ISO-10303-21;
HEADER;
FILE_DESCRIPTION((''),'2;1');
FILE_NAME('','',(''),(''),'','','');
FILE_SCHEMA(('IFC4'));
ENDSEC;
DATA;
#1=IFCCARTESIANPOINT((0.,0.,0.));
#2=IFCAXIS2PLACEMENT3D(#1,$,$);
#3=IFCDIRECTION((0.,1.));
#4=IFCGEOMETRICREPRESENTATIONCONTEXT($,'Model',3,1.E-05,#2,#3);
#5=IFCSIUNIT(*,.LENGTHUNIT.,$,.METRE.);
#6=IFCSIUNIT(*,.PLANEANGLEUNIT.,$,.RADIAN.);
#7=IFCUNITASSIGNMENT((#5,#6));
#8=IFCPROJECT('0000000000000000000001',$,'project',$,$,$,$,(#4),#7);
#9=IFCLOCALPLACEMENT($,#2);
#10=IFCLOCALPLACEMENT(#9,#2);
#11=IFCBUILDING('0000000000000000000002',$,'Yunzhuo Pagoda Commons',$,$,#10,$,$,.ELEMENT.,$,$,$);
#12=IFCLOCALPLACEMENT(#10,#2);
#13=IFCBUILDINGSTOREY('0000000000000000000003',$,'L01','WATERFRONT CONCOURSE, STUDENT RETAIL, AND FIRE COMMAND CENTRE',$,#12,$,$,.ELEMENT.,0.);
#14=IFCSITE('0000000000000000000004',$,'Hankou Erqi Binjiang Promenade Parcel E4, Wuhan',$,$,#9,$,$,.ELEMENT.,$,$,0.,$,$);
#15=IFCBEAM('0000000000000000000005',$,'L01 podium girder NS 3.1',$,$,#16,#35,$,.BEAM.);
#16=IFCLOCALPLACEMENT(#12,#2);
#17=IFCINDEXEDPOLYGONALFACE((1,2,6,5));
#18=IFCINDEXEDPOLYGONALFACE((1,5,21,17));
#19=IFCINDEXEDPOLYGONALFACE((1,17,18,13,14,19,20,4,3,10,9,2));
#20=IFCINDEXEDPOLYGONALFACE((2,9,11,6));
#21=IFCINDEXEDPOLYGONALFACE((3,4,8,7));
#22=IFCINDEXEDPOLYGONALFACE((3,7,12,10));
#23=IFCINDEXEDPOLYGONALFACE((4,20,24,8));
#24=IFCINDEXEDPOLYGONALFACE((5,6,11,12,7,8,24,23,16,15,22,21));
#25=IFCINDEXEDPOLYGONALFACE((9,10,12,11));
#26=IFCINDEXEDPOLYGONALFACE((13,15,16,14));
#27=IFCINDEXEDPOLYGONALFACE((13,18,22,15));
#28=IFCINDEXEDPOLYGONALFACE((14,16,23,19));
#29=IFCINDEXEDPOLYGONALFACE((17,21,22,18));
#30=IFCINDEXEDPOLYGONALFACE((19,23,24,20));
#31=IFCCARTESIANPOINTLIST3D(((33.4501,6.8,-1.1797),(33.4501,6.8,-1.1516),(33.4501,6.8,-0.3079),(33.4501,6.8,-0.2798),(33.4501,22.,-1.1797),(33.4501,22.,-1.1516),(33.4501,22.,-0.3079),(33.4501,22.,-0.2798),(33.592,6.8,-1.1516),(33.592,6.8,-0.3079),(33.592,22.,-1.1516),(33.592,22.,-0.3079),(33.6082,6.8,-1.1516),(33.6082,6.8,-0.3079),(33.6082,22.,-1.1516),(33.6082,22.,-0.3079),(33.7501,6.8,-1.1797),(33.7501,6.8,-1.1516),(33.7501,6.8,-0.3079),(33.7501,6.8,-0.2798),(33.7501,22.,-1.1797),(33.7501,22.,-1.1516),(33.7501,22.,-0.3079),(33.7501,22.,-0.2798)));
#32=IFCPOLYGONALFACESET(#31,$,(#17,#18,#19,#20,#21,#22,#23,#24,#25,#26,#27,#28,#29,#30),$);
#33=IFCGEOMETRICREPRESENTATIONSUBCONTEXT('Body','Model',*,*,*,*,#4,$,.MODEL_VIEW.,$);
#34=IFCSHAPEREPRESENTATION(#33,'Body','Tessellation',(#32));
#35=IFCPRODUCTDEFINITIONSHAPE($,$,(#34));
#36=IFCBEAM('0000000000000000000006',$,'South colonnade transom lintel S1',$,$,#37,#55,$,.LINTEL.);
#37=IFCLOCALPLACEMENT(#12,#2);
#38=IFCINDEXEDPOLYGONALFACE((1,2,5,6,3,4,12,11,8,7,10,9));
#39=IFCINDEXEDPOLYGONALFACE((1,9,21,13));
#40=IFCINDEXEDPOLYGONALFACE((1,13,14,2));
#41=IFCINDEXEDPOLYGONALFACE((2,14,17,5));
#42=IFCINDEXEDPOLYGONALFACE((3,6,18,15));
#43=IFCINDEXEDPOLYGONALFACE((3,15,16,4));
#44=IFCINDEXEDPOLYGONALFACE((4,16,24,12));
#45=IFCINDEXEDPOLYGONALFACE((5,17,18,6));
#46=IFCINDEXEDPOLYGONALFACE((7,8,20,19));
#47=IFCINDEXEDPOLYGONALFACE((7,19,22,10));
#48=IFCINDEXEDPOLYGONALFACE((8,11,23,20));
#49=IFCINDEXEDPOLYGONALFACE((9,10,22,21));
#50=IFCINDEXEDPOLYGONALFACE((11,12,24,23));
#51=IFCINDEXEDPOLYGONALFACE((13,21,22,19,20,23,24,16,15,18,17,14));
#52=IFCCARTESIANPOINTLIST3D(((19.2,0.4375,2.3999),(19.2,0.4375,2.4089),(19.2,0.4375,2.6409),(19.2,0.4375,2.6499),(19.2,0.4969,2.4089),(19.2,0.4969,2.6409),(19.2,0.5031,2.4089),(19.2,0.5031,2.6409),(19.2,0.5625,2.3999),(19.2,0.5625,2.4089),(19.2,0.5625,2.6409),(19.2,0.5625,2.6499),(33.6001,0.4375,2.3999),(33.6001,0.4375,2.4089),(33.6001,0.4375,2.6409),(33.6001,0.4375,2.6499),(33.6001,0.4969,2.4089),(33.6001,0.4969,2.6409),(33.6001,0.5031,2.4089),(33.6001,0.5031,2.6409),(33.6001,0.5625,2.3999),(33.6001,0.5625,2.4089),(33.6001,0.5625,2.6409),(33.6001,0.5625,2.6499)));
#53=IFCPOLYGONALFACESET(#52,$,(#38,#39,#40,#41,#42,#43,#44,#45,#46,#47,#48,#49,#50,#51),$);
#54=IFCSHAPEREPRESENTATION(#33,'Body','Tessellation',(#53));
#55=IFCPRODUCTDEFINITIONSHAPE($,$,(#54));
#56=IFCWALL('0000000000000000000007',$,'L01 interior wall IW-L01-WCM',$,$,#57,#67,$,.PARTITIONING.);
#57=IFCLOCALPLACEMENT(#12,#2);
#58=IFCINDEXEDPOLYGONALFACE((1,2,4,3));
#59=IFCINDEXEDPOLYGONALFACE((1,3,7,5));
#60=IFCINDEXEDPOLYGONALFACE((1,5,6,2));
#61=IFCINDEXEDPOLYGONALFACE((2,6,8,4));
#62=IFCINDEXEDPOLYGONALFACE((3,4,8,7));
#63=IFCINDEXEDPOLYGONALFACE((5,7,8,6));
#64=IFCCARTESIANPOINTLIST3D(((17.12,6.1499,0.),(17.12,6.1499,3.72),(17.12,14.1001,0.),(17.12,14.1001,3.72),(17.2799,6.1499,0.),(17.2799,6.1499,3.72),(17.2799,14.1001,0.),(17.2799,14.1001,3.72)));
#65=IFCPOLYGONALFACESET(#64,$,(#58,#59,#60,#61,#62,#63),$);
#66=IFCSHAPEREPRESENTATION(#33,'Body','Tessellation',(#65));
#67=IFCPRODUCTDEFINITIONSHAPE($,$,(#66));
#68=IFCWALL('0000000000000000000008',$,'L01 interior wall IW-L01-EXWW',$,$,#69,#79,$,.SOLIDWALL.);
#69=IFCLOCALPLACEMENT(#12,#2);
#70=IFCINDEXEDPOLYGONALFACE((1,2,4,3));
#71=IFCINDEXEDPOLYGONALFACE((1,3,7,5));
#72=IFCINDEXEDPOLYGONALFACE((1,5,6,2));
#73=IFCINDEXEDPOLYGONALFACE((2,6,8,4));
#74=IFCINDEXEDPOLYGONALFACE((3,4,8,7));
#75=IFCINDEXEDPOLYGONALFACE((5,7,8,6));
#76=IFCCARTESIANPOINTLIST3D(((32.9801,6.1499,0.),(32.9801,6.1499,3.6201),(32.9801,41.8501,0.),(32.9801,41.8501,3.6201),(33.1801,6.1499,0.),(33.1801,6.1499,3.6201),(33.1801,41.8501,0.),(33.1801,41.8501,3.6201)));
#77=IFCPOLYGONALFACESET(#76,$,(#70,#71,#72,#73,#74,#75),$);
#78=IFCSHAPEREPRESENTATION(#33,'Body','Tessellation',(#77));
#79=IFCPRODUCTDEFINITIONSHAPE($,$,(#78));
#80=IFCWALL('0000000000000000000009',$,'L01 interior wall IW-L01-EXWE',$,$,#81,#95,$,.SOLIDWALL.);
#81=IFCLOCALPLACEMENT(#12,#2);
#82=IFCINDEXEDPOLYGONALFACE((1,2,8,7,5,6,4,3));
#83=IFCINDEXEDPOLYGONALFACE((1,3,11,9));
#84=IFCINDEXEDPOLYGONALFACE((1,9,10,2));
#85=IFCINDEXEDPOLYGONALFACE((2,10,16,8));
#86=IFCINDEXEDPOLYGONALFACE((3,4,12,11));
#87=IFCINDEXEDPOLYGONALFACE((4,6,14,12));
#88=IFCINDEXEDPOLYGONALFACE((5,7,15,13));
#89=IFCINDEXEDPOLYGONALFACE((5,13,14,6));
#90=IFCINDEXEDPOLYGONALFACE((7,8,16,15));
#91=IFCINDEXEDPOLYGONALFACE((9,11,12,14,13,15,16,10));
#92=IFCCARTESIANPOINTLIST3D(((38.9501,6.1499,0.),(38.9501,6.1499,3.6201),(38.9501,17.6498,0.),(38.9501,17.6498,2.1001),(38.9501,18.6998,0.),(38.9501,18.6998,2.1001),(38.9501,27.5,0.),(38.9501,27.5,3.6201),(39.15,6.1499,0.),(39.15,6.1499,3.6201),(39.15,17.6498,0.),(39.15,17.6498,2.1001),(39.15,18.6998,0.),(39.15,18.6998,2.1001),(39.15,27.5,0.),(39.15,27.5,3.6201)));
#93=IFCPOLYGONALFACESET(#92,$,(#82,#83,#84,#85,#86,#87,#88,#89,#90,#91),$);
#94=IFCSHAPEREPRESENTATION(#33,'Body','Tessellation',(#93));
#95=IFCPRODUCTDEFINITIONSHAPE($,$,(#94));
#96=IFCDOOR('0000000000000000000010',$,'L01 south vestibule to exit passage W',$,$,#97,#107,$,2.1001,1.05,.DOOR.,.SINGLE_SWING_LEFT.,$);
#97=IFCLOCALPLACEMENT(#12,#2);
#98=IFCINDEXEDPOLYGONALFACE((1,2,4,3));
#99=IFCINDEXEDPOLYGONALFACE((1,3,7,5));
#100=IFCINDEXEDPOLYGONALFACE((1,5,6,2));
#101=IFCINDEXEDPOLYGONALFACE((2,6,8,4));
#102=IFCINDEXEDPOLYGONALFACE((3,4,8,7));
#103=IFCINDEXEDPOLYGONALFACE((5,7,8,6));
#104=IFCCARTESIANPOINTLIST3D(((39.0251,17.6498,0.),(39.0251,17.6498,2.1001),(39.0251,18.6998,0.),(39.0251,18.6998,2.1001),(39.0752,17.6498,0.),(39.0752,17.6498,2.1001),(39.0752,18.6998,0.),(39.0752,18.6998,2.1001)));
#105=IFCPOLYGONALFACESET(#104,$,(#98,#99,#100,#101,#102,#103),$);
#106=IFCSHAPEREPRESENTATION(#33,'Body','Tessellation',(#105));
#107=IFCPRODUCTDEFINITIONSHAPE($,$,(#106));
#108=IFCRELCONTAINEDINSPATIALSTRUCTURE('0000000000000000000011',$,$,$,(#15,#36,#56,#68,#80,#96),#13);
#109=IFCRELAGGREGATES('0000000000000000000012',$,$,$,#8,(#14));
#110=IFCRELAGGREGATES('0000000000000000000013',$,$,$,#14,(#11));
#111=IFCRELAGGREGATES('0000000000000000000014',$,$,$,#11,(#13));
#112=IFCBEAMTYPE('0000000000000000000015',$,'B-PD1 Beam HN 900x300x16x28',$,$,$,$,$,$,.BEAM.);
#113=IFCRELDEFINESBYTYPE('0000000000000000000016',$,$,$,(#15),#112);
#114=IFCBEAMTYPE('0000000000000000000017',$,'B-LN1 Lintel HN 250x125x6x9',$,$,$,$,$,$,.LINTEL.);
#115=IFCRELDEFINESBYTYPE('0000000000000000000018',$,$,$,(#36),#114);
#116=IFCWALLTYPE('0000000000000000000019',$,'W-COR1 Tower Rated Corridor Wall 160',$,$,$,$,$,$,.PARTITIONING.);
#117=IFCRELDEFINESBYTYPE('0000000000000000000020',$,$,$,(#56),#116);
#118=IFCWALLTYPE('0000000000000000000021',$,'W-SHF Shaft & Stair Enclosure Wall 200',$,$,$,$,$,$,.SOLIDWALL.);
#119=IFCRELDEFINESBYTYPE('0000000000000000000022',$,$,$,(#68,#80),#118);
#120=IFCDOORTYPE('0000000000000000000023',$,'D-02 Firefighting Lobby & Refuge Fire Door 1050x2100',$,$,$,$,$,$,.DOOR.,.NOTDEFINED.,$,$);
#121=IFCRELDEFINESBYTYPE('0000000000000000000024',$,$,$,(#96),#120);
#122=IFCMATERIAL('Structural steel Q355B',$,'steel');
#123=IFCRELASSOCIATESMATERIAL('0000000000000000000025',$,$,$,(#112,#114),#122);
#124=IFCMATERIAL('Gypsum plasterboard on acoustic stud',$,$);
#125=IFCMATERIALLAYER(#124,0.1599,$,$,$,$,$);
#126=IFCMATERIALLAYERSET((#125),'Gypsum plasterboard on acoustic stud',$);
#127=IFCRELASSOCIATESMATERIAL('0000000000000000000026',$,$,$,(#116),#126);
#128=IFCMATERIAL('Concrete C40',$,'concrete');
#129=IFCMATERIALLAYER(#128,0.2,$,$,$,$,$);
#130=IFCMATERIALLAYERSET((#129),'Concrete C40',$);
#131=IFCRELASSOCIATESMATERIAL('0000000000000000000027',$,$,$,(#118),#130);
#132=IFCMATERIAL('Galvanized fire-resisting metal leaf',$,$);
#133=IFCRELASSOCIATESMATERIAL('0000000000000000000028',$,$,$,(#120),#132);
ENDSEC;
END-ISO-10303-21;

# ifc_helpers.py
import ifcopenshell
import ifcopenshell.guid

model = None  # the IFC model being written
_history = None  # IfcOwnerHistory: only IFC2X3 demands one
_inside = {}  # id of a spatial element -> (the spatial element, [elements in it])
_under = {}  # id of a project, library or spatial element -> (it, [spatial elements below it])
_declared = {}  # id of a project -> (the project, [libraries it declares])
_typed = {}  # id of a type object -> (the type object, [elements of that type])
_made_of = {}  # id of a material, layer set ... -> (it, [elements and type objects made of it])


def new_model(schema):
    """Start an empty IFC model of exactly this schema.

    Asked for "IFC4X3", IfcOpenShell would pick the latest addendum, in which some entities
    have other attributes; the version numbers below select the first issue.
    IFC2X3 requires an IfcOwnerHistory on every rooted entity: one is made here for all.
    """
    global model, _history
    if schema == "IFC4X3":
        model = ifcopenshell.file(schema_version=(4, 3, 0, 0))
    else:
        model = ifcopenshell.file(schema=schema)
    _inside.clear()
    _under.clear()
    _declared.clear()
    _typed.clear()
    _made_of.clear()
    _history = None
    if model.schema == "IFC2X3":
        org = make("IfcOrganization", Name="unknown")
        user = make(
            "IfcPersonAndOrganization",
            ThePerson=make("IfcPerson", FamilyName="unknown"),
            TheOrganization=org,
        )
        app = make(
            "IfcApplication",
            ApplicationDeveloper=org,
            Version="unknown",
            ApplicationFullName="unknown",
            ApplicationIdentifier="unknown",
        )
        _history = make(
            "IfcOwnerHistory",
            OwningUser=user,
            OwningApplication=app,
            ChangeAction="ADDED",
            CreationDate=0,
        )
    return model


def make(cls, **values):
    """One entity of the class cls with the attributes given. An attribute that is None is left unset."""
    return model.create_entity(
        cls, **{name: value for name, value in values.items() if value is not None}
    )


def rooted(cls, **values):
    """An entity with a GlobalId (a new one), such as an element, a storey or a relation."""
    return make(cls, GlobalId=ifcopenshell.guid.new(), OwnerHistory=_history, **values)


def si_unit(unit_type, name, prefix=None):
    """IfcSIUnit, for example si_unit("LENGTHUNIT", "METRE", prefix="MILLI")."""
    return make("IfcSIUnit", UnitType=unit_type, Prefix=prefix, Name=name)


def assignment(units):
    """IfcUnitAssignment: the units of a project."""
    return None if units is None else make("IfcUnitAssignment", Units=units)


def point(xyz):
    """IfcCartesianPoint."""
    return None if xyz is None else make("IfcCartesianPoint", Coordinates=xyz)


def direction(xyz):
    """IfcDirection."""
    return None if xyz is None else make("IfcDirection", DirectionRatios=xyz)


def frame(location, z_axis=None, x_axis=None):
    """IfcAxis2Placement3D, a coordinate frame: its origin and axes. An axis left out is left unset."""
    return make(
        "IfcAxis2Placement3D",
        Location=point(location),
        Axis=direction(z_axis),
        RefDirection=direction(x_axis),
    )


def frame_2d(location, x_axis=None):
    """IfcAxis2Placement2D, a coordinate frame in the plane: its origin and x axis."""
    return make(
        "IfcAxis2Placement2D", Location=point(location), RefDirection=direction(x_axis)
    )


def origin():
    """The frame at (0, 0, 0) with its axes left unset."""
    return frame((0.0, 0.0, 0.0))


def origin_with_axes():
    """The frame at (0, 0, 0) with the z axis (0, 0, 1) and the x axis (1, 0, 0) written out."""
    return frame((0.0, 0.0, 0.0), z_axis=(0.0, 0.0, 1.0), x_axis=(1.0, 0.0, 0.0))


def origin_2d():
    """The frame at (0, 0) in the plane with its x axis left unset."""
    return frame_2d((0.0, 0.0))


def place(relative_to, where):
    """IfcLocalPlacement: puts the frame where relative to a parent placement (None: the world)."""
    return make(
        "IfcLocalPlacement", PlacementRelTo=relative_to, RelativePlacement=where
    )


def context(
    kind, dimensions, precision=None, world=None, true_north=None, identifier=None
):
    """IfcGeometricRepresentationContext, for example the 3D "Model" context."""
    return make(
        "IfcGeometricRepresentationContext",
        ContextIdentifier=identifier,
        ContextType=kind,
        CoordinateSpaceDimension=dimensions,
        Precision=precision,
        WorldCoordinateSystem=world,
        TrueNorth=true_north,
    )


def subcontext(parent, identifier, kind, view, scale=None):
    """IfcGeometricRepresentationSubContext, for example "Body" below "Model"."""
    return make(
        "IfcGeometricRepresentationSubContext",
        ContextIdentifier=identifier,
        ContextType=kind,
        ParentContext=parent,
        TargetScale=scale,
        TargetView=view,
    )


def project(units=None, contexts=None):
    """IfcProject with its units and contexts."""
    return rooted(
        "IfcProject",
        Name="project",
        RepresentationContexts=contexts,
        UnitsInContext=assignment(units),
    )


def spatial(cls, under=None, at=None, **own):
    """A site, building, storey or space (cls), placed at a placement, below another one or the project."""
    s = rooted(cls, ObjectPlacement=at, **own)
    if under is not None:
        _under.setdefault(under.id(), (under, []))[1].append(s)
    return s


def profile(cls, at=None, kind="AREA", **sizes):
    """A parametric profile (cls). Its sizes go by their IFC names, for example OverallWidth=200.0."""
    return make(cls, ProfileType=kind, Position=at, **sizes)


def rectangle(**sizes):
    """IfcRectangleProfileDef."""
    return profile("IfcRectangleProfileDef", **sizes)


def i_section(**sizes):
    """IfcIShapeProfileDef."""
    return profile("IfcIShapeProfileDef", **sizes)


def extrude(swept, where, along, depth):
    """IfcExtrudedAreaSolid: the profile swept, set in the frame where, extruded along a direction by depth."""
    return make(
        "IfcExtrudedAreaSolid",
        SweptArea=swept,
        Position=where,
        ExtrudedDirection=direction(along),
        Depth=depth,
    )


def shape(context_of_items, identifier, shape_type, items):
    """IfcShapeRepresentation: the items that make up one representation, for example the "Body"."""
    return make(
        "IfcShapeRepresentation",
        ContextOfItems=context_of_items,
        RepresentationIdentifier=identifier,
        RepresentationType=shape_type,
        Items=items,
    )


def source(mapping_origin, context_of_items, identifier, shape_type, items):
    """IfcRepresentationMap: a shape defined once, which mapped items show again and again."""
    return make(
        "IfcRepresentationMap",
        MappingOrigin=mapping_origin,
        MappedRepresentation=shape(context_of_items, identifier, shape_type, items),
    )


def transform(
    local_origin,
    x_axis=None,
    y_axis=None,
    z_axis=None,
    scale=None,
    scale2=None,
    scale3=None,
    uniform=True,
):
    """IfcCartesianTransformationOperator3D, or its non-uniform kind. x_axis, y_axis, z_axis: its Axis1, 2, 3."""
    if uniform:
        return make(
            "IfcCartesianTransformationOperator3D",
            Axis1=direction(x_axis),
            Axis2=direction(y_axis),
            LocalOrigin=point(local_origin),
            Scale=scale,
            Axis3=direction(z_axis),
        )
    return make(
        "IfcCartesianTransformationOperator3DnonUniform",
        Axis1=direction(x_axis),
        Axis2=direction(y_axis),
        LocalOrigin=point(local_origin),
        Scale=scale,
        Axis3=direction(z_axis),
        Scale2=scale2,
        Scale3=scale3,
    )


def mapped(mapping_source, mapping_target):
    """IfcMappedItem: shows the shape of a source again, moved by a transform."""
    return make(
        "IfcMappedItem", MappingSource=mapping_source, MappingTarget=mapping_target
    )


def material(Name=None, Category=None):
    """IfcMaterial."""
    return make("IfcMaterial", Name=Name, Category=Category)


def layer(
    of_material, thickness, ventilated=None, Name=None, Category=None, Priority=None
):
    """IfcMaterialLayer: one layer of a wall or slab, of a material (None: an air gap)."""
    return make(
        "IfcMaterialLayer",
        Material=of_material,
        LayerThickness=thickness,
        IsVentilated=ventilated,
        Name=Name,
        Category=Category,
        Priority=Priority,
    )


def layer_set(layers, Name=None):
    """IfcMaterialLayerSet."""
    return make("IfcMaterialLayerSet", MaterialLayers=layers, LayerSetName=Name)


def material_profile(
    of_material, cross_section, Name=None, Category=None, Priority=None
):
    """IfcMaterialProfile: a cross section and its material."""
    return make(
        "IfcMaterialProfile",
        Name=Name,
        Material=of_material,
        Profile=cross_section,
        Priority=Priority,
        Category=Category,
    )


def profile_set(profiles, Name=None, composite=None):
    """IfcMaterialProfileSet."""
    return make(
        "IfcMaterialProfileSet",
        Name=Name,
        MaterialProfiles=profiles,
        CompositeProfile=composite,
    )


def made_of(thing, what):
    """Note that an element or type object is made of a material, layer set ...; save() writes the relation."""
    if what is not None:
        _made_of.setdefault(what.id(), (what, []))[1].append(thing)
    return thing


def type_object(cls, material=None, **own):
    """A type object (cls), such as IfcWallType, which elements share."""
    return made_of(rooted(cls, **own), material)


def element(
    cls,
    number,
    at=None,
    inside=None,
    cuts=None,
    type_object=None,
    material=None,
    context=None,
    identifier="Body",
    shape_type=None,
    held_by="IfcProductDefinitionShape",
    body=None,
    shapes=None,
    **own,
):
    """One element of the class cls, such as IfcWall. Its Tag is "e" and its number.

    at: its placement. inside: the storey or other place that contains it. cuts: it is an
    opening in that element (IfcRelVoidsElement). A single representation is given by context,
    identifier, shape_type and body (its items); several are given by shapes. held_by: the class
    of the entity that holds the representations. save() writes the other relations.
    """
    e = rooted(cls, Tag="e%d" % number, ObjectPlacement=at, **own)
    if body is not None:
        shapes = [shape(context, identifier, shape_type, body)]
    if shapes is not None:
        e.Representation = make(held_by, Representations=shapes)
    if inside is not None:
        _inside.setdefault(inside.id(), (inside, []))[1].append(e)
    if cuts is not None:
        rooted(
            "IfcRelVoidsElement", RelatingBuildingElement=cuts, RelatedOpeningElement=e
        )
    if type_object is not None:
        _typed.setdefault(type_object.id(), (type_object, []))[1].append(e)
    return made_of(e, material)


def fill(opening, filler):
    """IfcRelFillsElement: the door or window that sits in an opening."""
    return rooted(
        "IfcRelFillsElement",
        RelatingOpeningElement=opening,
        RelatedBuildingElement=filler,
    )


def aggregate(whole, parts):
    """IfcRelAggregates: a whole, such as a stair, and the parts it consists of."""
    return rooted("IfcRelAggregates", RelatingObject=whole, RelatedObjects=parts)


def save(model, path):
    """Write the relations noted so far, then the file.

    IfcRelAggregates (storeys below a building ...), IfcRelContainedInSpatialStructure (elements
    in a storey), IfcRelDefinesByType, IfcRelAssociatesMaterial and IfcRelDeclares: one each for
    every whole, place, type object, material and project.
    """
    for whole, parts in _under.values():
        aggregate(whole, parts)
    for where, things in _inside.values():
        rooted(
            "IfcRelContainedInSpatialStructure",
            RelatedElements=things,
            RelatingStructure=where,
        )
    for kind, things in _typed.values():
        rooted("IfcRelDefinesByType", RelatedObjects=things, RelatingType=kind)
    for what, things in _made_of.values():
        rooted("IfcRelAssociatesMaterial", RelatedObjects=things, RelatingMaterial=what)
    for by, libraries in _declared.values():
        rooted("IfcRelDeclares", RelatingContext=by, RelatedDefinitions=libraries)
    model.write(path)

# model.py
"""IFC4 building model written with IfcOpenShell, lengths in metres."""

from ifc_helpers import new_model, si_unit, direction, frame, frame_2d, origin, origin_with_axes, origin_2d, place, context, subcontext, project, spatial, rectangle, i_section, extrude, source, transform, mapped, material, layer, layer_set, material_profile, profile_set, type_object, element, fill, save


model = new_model("IFC4")

# Units and contexts
model_context = context("Model", 3, precision=1e-05, world=origin(), true_north=direction((0.0, 1.0)))
body_context = subcontext(model_context, "Body", "Model", "MODEL_VIEW")
ifc_project = project(units=[si_unit("LENGTHUNIT", "METRE"), si_unit("PLANEANGLEUNIT", "RADIAN")], contexts=[model_context])

# Site, building, storey
site_placement = place(None, origin())
site = spatial("IfcSite", under=ifc_project, at=site_placement, Name="Hankou Erqi Binjiang Promenade Parcel E4, Wuhan", CompositionType="ELEMENT", RefElevation=0.0)
building_placement = place(site_placement, origin())
building = spatial("IfcBuilding", under=site, at=building_placement, Name="Yunzhuo Pagoda Commons", CompositionType="ELEMENT")
storey_placement = place(building_placement, origin())
storey = spatial("IfcBuildingStorey", under=building, at=storey_placement, Name="L01", Description="WATERFRONT CONCOURSE, STUDENT RETAIL, AND FIRE COMMAND CENTRE", CompositionType="ELEMENT", Elevation=0.0)

# Shared definitions
ifc_material_1 = material(Name="Structural steel Q355B", Category="steel")

# Beams
ifc_material_profile_1 = material_profile(ifc_material_1, i_section(OverallWidth=0.3, OverallDepth=0.8999, WebThickness=0.0161, FlangeThickness=0.0281, at=origin_2d()), Name="Structural steel Q355B")
ifc_profile_set_1 = profile_set([ifc_material_profile_1], Name="Structural steel Q355B")
beam_type_1 = type_object("IfcBeamType", Name="B-PD1 Beam HN 900x300x16x28", PredefinedType="BEAM", material=ifc_profile_set_1)
shared_shape_1 = source(origin(), body_context, "Body", "SweptSolid", [
    extrude(i_section(OverallWidth=0.3, OverallDepth=0.8999, WebThickness=0.0161, FlangeThickness=0.0281, at=origin_2d()), origin(), (0.0, 0.0, 1.0), 15.2),
])
for number, where, z_axis, x_axis, name in (
    (1, (33.6001, 6.8, -0.7297), (0.0, 1.0, 0.0), (-1.0, 0.0, 0.0), "L01 podium girder NS 3.1"),
):
    element("IfcBeam", number, at=place(storey_placement, frame(where, z_axis=z_axis, x_axis=x_axis)), inside=storey, type_object=beam_type_1, Name=name, PredefinedType="BEAM", context=body_context, shape_type="MappedRepresentation", body=[
        mapped(shared_shape_1, transform((0.0, 0.0, 0.0), scale=1.0)),
    ])
ifc_material_profile_2 = material_profile(ifc_material_1, i_section(OverallWidth=0.125, OverallDepth=0.25, WebThickness=0.0061, FlangeThickness=0.009, at=origin_2d()), Name="Structural steel Q355B")
ifc_profile_set_2 = profile_set([ifc_material_profile_2], Name="Structural steel Q355B")
beam_type_2 = type_object("IfcBeamType", Name="B-LN1 Lintel HN 250x125x6x9", PredefinedType="LINTEL", material=ifc_profile_set_2)
shared_shape_2 = source(origin(), body_context, "Body", "SweptSolid", [
    extrude(i_section(OverallWidth=0.125, OverallDepth=0.25, WebThickness=0.0061, FlangeThickness=0.009, at=origin_2d()), origin(), (0.0, 0.0, 1.0), 14.4001),
])
beam_1_placement = place(storey_placement, frame((19.2, 0.5, 2.5249), z_axis=(1.0, 0.0, 0.0), x_axis=(0.0, 1.0, 0.0)))
element("IfcBeam", 2, at=beam_1_placement, inside=storey, type_object=beam_type_2, Name="South colonnade transom lintel S1", PredefinedType="LINTEL", context=body_context, shape_type="MappedRepresentation", body=[
    mapped(shared_shape_2, transform((0.0, 0.0, 0.0), scale=1.0)),
])

# Walls
ifc_material_2 = material(Name="Gypsum plasterboard on acoustic stud")
ifc_layer_1 = layer(ifc_material_2, 0.1599)
ifc_layer_set_1 = layer_set([ifc_layer_1], Name="Gypsum plasterboard on acoustic stud")
wall_type_1 = type_object("IfcWallType", Name="W-COR1 Tower Rated Corridor Wall 160", PredefinedType="PARTITIONING", material=ifc_layer_set_1)
wall_1_placement = place(storey_placement, frame((17.2, 6.1499, 0.0), z_axis=(0.0, 0.0, 1.0), x_axis=(0.0, 1.0, 0.0)))
element("IfcWall", 3, at=wall_1_placement, inside=storey, type_object=wall_type_1, Name="L01 interior wall IW-L01-WCM", PredefinedType="PARTITIONING", context=body_context, shape_type="SweptSolid", body=[
    extrude(rectangle(XDim=7.9502, YDim=0.1599, at=frame_2d((3.9751, 0.0))), origin(), (0.0, 0.0, 1.0), 3.72),
])
ifc_material_3 = material(Name="Concrete C40", Category="concrete")
ifc_layer_2 = layer(ifc_material_3, 0.2)
ifc_layer_set_2 = layer_set([ifc_layer_2], Name="Concrete C40")
wall_type_2 = type_object("IfcWallType", Name="W-SHF Shaft & Stair Enclosure Wall 200", PredefinedType="SOLIDWALL", material=ifc_layer_set_2)
wall_2_placement = place(storey_placement, frame((33.0801, 6.1499, 0.0), z_axis=(0.0, 0.0, 1.0), x_axis=(0.0, 1.0, 0.0)))
element("IfcWall", 4, at=wall_2_placement, inside=storey, type_object=wall_type_2, Name="L01 interior wall IW-L01-EXWW", PredefinedType="SOLIDWALL", context=body_context, shape_type="SweptSolid", body=[
    extrude(rectangle(XDim=35.7002, YDim=0.2, at=frame_2d((17.8501, 0.0))), origin(), (0.0, 0.0, 1.0), 3.6201),
])

# Wall, opening, door
wall_3_placement = place(storey_placement, frame((39.05, 6.1499, 0.0), z_axis=(0.0, 0.0, 1.0), x_axis=(0.0, 1.0, 0.0)))
wall_3 = element("IfcWall", 5, at=wall_3_placement, inside=storey, type_object=wall_type_2, Name="L01 interior wall IW-L01-EXWE", PredefinedType="SOLIDWALL", context=body_context, shape_type="SweptSolid", body=[
    extrude(rectangle(XDim=21.3501, YDim=0.2, at=frame_2d((10.675, 0.0))), origin(), (0.0, 0.0, 1.0), 3.6201),
])
opening_placement = place(wall_3_placement, frame((11.5, 0.0, 0.0)))
opening = element("IfcOpeningElement", 6, at=opening_placement, cuts=wall_3, PredefinedType="OPENING", context=body_context, shape_type="SweptSolid", body=[
    extrude(rectangle(XDim=1.05, YDim=2.1001, at=frame_2d((0.5249, 1.05))), frame((0.0, 0.1099, 0.0), z_axis=(0.0, -1.0, 0.0), x_axis=(1.0, 0.0, 0.0)), (0.0, 0.0, 1.0), 0.22),
])
ifc_material_4 = material(Name="Galvanized fire-resisting metal leaf")
door_type = type_object("IfcDoorType", Name="D-02 Firefighting Lobby & Refuge Fire Door 1050x2100", OperationType="NOTDEFINED", PredefinedType="DOOR", material=ifc_material_4)
shared_shape_3 = source(origin(), body_context, "Body", "SweptSolid", [
    extrude(rectangle(XDim=1.05, YDim=2.1001, at=frame_2d((0.5249, 1.05))), frame((0.0, 0.0249, 0.0), z_axis=(0.0, -1.0, 0.0), x_axis=(1.0, 0.0, 0.0)), (0.0, 0.0, 1.0), 0.05),
])
door_placement = place(opening_placement, origin_with_axes())
door = element("IfcDoor", 7, at=door_placement, inside=storey, type_object=door_type, Name="L01 south vestibule to exit passage W", OperationType="SINGLE_SWING_LEFT", OverallHeight=2.1001, OverallWidth=1.05, PredefinedType="DOOR", context=body_context, shape_type="MappedRepresentation", body=[
    mapped(shared_shape_3, transform((0.0, 0.0, 0.0), scale=1.0)),
])
fill(opening, door)

save(model, "model.ifc")
